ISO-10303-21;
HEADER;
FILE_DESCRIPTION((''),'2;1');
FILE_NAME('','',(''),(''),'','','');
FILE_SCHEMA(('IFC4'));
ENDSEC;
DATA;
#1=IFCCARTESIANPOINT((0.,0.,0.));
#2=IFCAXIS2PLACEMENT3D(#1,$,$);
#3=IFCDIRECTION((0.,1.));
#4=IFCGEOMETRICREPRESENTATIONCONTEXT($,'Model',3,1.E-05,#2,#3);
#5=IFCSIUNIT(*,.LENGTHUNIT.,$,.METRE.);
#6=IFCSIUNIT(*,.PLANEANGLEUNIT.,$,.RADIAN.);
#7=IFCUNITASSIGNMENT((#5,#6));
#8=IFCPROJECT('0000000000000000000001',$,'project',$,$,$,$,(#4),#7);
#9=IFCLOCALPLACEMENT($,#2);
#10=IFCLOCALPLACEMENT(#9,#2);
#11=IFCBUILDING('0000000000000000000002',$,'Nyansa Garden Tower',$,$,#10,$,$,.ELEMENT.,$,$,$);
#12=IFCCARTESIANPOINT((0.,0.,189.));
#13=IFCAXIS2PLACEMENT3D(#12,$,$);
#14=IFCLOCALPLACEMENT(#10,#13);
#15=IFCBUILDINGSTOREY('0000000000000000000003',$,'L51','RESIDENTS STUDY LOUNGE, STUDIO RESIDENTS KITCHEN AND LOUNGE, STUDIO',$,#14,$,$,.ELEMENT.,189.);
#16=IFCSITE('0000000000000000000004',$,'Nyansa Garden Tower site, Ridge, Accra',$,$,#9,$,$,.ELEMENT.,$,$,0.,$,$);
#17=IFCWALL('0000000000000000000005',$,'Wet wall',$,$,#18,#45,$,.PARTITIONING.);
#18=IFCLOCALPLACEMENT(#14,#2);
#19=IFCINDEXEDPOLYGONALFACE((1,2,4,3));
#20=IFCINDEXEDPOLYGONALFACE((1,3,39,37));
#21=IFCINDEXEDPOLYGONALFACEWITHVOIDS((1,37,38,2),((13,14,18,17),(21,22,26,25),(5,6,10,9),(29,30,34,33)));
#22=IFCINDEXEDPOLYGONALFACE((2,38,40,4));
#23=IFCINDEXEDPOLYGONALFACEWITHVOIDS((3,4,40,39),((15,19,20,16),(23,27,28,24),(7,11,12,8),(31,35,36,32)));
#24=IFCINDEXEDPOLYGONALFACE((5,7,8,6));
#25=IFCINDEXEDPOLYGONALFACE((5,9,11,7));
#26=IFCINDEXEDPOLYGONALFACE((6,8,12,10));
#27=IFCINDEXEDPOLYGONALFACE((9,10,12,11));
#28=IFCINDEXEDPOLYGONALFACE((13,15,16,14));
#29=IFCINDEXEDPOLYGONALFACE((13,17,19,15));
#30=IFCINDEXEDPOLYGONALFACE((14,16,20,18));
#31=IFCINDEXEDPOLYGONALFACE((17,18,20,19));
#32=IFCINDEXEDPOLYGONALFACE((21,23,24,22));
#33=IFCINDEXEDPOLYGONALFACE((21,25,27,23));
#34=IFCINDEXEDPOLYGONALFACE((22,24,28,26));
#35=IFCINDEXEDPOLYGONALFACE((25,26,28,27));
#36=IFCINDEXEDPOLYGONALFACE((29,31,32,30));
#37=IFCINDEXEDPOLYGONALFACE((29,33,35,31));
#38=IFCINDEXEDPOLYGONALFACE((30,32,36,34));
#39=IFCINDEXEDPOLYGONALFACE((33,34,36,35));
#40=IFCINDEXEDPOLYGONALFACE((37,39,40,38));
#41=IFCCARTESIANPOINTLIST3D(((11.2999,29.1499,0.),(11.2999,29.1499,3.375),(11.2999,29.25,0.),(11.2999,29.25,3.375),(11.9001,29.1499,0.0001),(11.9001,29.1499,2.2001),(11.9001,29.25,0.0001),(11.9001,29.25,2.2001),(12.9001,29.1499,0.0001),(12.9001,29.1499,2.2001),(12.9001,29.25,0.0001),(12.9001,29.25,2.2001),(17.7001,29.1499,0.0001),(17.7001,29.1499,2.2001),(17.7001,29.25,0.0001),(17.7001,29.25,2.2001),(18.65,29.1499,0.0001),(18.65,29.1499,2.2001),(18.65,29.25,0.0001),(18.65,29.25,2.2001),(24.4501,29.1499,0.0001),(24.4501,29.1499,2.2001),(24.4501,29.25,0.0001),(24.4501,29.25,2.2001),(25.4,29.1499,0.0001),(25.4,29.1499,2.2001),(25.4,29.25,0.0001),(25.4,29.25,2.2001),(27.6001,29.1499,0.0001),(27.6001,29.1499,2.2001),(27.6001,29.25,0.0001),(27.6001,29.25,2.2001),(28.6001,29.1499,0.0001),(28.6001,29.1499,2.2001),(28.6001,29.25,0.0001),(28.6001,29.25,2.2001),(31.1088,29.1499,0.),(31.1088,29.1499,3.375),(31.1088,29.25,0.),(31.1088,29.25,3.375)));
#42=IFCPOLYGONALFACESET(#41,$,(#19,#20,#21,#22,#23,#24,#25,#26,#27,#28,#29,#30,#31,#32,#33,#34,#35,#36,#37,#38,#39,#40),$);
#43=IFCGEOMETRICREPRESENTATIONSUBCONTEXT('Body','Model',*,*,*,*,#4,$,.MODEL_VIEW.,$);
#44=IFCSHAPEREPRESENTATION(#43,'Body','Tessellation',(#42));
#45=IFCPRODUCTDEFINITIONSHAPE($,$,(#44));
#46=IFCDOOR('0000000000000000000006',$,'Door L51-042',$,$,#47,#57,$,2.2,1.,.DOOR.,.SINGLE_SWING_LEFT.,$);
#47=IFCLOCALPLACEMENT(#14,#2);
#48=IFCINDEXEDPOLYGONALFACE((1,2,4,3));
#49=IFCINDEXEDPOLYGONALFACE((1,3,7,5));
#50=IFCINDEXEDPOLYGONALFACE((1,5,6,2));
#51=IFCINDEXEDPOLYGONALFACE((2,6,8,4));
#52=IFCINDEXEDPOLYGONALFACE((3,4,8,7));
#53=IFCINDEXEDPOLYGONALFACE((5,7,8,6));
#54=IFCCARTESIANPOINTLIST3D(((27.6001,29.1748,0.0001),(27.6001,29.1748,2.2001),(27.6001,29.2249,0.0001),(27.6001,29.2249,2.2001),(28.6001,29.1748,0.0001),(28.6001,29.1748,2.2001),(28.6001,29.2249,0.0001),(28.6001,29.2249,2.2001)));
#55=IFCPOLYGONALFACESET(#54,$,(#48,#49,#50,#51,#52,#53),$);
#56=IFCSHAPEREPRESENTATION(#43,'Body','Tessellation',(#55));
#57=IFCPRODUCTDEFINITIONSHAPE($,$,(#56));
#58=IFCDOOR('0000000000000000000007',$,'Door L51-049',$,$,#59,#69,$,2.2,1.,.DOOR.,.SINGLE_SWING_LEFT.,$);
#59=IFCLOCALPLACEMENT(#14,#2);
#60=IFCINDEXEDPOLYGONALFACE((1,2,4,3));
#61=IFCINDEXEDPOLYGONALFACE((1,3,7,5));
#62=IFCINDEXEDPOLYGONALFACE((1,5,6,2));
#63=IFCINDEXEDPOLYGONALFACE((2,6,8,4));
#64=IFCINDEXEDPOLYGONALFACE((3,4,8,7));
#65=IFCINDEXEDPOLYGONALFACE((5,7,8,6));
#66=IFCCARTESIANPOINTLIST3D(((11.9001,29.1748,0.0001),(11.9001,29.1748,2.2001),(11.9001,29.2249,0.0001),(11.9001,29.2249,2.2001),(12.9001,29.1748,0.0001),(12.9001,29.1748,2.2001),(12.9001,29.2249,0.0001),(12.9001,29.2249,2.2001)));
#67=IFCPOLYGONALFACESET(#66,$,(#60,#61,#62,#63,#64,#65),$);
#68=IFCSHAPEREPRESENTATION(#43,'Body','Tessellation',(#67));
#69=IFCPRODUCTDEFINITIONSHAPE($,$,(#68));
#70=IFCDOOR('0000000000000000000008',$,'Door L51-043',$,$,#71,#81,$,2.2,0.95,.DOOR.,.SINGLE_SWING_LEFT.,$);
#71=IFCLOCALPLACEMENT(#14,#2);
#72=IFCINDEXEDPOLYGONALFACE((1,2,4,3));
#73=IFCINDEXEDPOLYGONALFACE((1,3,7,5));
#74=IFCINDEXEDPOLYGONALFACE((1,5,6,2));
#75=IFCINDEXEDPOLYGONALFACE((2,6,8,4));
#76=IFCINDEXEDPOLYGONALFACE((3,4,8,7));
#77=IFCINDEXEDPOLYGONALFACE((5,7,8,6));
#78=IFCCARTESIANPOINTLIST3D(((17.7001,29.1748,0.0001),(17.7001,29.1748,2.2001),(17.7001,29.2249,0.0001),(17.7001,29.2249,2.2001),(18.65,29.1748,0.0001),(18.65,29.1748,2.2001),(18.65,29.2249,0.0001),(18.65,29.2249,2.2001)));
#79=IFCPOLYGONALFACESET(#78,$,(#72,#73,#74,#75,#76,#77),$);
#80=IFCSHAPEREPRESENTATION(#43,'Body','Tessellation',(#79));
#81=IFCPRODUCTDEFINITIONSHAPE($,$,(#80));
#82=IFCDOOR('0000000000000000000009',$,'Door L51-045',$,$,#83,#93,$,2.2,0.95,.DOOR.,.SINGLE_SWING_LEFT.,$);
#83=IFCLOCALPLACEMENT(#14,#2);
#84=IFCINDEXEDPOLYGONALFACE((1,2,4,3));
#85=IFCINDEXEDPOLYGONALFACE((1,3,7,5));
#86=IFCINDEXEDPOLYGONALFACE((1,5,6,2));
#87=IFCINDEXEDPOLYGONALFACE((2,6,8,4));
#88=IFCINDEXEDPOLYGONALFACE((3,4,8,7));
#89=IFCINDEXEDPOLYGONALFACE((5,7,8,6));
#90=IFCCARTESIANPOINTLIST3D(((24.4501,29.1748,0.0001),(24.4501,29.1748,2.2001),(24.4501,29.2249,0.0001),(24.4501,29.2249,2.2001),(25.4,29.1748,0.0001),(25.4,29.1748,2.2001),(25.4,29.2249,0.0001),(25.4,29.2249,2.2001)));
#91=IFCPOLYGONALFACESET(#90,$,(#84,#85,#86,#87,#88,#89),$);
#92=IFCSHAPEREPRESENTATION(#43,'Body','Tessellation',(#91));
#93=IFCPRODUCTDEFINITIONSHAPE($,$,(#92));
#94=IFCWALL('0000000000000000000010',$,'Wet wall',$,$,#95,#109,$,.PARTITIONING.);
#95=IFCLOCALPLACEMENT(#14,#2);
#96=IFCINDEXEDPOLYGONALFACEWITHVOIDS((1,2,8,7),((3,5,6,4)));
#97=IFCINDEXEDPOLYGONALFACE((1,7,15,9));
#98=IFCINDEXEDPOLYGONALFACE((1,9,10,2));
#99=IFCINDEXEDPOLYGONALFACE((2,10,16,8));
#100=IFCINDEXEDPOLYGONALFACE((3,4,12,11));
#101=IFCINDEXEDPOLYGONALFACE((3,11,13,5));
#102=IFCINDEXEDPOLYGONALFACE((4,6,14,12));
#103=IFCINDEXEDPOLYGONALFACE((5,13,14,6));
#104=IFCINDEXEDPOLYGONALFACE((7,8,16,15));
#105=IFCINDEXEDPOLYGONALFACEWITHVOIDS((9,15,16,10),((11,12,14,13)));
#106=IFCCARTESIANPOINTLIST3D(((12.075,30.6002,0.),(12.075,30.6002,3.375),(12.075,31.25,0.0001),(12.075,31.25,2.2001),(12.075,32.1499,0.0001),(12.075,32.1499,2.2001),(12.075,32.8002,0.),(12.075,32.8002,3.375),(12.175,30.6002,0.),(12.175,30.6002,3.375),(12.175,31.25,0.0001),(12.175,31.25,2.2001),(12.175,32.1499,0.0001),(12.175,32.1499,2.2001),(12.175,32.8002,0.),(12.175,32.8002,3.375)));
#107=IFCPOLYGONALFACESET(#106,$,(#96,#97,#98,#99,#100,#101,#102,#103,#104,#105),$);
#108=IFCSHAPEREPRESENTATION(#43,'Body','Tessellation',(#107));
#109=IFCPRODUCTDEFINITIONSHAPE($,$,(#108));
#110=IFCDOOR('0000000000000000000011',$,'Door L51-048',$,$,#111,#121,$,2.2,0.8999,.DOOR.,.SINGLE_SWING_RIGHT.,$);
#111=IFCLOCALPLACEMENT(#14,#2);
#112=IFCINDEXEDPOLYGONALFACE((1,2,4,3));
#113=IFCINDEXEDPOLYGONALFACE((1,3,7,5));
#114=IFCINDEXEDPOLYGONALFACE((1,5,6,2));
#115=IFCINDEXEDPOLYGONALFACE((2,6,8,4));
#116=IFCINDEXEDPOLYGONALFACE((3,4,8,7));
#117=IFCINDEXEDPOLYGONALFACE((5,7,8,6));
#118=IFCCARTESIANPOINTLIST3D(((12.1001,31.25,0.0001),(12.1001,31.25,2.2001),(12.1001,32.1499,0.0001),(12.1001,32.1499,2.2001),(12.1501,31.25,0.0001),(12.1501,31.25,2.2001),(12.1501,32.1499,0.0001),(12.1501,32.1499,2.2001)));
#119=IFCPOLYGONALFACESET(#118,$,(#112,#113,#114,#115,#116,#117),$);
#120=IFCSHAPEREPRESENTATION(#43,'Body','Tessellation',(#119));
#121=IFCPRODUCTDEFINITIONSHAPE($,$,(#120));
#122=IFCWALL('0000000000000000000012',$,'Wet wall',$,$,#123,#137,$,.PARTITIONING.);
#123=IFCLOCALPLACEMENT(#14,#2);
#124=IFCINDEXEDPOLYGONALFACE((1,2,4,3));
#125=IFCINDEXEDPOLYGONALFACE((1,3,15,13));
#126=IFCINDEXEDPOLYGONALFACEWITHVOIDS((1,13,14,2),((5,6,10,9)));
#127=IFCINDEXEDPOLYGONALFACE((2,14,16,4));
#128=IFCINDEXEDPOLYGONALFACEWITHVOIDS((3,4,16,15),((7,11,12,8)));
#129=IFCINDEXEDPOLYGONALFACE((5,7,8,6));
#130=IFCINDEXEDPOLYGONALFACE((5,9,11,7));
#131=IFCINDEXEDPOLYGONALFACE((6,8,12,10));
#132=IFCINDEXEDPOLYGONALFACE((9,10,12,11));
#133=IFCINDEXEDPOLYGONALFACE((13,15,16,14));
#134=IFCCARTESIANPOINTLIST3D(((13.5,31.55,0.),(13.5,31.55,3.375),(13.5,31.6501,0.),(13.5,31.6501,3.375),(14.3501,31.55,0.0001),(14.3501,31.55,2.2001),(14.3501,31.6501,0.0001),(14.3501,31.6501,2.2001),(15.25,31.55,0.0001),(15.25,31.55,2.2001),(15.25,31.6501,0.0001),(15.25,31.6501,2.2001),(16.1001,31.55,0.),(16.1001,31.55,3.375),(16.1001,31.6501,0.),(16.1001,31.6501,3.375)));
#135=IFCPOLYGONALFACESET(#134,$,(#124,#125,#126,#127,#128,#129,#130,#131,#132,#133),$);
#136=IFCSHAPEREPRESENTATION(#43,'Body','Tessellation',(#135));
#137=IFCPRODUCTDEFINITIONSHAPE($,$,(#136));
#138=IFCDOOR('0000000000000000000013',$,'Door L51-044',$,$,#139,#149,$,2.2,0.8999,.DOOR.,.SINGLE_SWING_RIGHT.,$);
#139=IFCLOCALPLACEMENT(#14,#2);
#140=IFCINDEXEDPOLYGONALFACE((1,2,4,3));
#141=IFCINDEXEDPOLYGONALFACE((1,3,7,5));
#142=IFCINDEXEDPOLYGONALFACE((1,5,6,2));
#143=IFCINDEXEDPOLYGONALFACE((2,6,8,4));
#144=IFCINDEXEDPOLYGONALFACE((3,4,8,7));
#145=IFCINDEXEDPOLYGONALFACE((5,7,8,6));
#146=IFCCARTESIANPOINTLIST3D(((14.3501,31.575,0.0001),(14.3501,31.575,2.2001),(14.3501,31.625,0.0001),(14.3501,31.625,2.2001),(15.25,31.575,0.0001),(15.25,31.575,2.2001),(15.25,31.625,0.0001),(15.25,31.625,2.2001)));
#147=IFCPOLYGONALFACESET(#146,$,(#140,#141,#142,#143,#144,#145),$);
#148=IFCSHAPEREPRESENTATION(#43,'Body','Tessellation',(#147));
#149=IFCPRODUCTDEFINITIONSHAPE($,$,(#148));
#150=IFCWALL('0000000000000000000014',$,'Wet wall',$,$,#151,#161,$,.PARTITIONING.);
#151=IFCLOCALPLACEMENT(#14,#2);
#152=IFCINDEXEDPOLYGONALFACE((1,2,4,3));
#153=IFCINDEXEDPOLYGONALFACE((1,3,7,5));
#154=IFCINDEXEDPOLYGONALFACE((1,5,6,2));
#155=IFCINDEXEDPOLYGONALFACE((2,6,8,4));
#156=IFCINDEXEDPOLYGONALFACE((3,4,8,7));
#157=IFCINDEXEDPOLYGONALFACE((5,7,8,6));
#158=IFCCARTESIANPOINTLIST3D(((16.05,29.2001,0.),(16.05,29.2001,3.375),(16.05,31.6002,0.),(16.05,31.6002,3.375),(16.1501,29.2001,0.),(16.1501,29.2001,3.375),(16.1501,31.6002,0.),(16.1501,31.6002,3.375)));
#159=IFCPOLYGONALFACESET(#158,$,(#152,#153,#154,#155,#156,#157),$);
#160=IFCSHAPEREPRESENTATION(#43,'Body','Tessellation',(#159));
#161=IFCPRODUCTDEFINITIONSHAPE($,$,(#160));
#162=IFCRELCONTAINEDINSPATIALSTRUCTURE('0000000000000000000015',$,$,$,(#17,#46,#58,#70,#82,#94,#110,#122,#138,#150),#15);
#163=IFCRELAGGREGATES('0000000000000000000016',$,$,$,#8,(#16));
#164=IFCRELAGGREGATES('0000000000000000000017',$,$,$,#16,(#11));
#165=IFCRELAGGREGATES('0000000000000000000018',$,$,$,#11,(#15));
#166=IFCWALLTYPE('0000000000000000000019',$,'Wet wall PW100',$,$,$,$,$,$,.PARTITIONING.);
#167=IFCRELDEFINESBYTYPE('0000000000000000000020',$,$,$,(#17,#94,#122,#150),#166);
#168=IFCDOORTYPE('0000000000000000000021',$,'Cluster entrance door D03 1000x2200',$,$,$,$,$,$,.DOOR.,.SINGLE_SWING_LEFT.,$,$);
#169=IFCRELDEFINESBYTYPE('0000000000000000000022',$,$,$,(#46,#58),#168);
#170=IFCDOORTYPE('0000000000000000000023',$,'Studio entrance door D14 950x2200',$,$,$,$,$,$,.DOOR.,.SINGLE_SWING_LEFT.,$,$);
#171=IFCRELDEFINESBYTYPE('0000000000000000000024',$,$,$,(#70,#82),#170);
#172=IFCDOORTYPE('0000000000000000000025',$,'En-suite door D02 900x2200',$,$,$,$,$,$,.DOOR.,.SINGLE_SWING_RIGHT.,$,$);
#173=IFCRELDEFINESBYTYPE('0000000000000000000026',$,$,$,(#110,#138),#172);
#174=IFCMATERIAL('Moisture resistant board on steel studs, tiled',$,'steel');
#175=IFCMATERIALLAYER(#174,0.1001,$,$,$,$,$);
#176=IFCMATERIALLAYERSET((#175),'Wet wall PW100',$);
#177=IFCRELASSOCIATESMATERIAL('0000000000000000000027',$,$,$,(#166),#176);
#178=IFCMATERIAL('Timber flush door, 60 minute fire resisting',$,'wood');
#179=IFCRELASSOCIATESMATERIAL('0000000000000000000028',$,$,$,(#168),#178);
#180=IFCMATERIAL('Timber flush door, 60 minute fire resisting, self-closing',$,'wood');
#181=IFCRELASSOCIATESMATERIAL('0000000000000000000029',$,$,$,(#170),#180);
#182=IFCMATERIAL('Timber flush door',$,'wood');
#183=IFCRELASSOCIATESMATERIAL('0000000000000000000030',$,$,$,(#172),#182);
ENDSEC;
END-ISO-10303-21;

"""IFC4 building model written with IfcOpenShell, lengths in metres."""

from ifc_helpers import new_model, si_unit, direction, frame, frame_2d, origin, place, context, subcontext, project, spatial, rectangle, extrude, material, layer, layer_set, type_object, element, fill, save


model = new_model("IFC4")

# Units and contexts
model_context = context("Model", 3, precision=1e-05, world=origin(), true_north=direction((0.0, 1.0)))
body_context = subcontext(model_context, "Body", "Model", "MODEL_VIEW")
ifc_project = project(units=[si_unit("LENGTHUNIT", "METRE"), si_unit("PLANEANGLEUNIT", "RADIAN")], contexts=[model_context])

# Site, building, storey
site_placement = place(None, origin())
site = spatial("IfcSite", under=ifc_project, at=site_placement, Name="Nyansa Garden Tower site, Ridge, Accra", CompositionType="ELEMENT", RefElevation=0.0)
building_placement = place(site_placement, origin())
building = spatial("IfcBuilding", under=site, at=building_placement, Name="Nyansa Garden Tower", CompositionType="ELEMENT")
storey_placement = place(building_placement, frame((0.0, 0.0, 189.0)))
storey = spatial("IfcBuildingStorey", under=building, at=storey_placement, Name="L51", Description="RESIDENTS STUDY LOUNGE, STUDIO RESIDENTS KITCHEN AND LOUNGE, STUDIO", CompositionType="ELEMENT", Elevation=189.0)

# Wall, openings, doors
ifc_material_1 = material(Name="Moisture resistant board on steel studs, tiled", Category="steel")
ifc_layer_1 = layer(ifc_material_1, 0.1001)
ifc_layer_set_1 = layer_set([ifc_layer_1], Name="Wet wall PW100")
wall_type_1 = type_object("IfcWallType", Name="Wet wall PW100", PredefinedType="PARTITIONING", material=ifc_layer_set_1)
wall_1_placement = place(storey_placement, frame((11.3, 29.2, 0.0), z_axis=(0.0, 0.0, 1.0), x_axis=(1.0, 0.0, 0.0)))
wall_1 = element("IfcWall", 1, at=wall_1_placement, inside=storey, type_object=wall_type_1, Name="Wet wall", PredefinedType="PARTITIONING", context=body_context, shape_type="SweptSolid", body=[
    extrude(rectangle(XDim=19.8088, YDim=0.1001, at=frame_2d((9.9043, 0.0))), origin(), (0.0, 0.0, 1.0), 3.375),
])
opening_1_placement = place(wall_1_placement, frame((16.3, 0.0, 0.0)))
opening_1 = element("IfcOpeningElement", 2, at=opening_1_placement, cuts=wall_1, PredefinedType="OPENING", context=body_context, shape_type="SweptSolid", body=[
    extrude(rectangle(XDim=1.0, YDim=2.2, at=frame_2d((0.5, 1.1001))), frame((0.0, 0.0601, 0.0), z_axis=(0.0, -1.0, 0.0), x_axis=(1.0, 0.0, 0.0)), (0.0, 0.0, 1.0), 0.1201),
])
opening_2_placement = place(wall_1_placement, frame((6.3999, 0.0, 0.0)))
opening_2 = element("IfcOpeningElement", 3, at=opening_2_placement, cuts=wall_1, PredefinedType="OPENING", context=body_context, shape_type="SweptSolid", body=[
    extrude(rectangle(XDim=0.95, YDim=2.2, at=frame_2d((0.4751, 1.1001))), frame((0.0, 0.0601, 0.0), z_axis=(0.0, -1.0, 0.0), x_axis=(1.0, 0.0, 0.0)), (0.0, 0.0, 1.0), 0.1201),
])
opening_3_placement = place(wall_1_placement, frame((13.1499, 0.0, 0.0)))
opening_3 = element("IfcOpeningElement", 4, at=opening_3_placement, cuts=wall_1, PredefinedType="OPENING", context=body_context, shape_type="SweptSolid", body=[
    extrude(rectangle(XDim=0.95, YDim=2.2, at=frame_2d((0.4751, 1.1001))), frame((0.0, 0.0601, 0.0), z_axis=(0.0, -1.0, 0.0), x_axis=(1.0, 0.0, 0.0)), (0.0, 0.0, 1.0), 0.1201),
])
opening_4_placement = place(wall_1_placement, frame((0.6001, 0.0, 0.0)))
opening_4 = element("IfcOpeningElement", 5, at=opening_4_placement, cuts=wall_1, PredefinedType="OPENING", context=body_context, shape_type="SweptSolid", body=[
    extrude(rectangle(XDim=1.0, YDim=2.2, at=frame_2d((0.5, 1.1001))), frame((0.0, 0.0601, 0.0), z_axis=(0.0, -1.0, 0.0), x_axis=(1.0, 0.0, 0.0)), (0.0, 0.0, 1.0), 0.1201),
])
ifc_material_2 = material(Name="Timber flush door, 60 minute fire resisting", Category="wood")
door_type_1 = type_object("IfcDoorType", Name="Cluster entrance door D03 1000x2200", OperationType="SINGLE_SWING_LEFT", PredefinedType="DOOR", material=ifc_material_2)
door_1_placement = place(opening_1_placement, origin())
door_1 = element("IfcDoor", 6, at=door_1_placement, inside=storey, type_object=door_type_1, Name="Door L51-042", OperationType="SINGLE_SWING_LEFT", OverallHeight=2.2, OverallWidth=1.0, PredefinedType="DOOR", context=body_context, shape_type="SweptSolid", body=[
    extrude(rectangle(XDim=1.0, YDim=2.2, at=frame_2d((0.5, 1.1001))), frame((0.0, 0.0249, 0.0), z_axis=(0.0, -1.0, 0.0), x_axis=(1.0, 0.0, 0.0)), (0.0, 0.0, 1.0), 0.05),
])
fill(opening_1, door_1)
door_2_placement = place(opening_4_placement, origin())
door_2 = element("IfcDoor", 7, at=door_2_placement, inside=storey, type_object=door_type_1, Name="Door L51-049", OperationType="SINGLE_SWING_LEFT", OverallHeight=2.2, OverallWidth=1.0, PredefinedType="DOOR", context=body_context, shape_type="SweptSolid", body=[
    extrude(rectangle(XDim=1.0, YDim=2.2, at=frame_2d((0.5, 1.1001))), frame((0.0, 0.0249, 0.0), z_axis=(0.0, -1.0, 0.0), x_axis=(1.0, 0.0, 0.0)), (0.0, 0.0, 1.0), 0.05),
])
fill(opening_4, door_2)
ifc_material_3 = material(Name="Timber flush door, 60 minute fire resisting, self-closing", Category="wood")
door_type_2 = type_object("IfcDoorType", Name="Studio entrance door D14 950x2200", OperationType="SINGLE_SWING_LEFT", PredefinedType="DOOR", material=ifc_material_3)
door_3_placement = place(opening_2_placement, origin())
door_3 = element("IfcDoor", 8, at=door_3_placement, inside=storey, type_object=door_type_2, Name="Door L51-043", OperationType="SINGLE_SWING_LEFT", OverallHeight=2.2, OverallWidth=0.95, PredefinedType="DOOR", context=body_context, shape_type="SweptSolid", body=[
    extrude(rectangle(XDim=0.95, YDim=2.2, at=frame_2d((0.4751, 1.1001))), frame((0.0, 0.0249, 0.0), z_axis=(0.0, -1.0, 0.0), x_axis=(1.0, 0.0, 0.0)), (0.0, 0.0, 1.0), 0.05),
])
fill(opening_2, door_3)
door_4_placement = place(opening_3_placement, origin())
door_4 = element("IfcDoor", 9, at=door_4_placement, inside=storey, type_object=door_type_2, Name="Door L51-045", OperationType="SINGLE_SWING_LEFT", OverallHeight=2.2, OverallWidth=0.95, PredefinedType="DOOR", context=body_context, shape_type="SweptSolid", body=[
    extrude(rectangle(XDim=0.95, YDim=2.2, at=frame_2d((0.4751, 1.1001))), frame((0.0, 0.0249, 0.0), z_axis=(0.0, -1.0, 0.0), x_axis=(1.0, 0.0, 0.0)), (0.0, 0.0, 1.0), 0.05),
])
fill(opening_3, door_4)

# Walls, openings, doors
wall_2_placement = place(storey_placement, frame((12.125, 30.6001, 0.0), z_axis=(0.0, 0.0, 1.0), x_axis=(0.0, 1.0, 0.0)))
wall_2 = element("IfcWall", 10, at=wall_2_placement, inside=storey, type_object=wall_type_1, Name="Wet wall", PredefinedType="PARTITIONING", context=body_context, shape_type="SweptSolid", body=[
    extrude(rectangle(XDim=2.2, YDim=0.1001, at=frame_2d((1.1001, 0.0))), origin(), (0.0, 0.0, 1.0), 3.375),
])
opening_5_placement = place(wall_2_placement, frame((0.6499, 0.0, 0.0)))
opening_5 = element("IfcOpeningElement", 11, at=opening_5_placement, cuts=wall_2, PredefinedType="OPENING", context=body_context, shape_type="SweptSolid", body=[
    extrude(rectangle(XDim=0.8999, YDim=2.2, at=frame_2d((0.45, 1.1001))), frame((0.0, 0.0601, 0.0), z_axis=(0.0, -1.0, 0.0), x_axis=(1.0, 0.0, 0.0)), (0.0, 0.0, 1.0), 0.1201),
])
ifc_material_4 = material(Name="Timber flush door", Category="wood")
door_type_3 = type_object("IfcDoorType", Name="En-suite door D02 900x2200", OperationType="SINGLE_SWING_RIGHT", PredefinedType="DOOR", material=ifc_material_4)
door_5_placement = place(opening_5_placement, origin())
door_5 = element("IfcDoor", 12, at=door_5_placement, inside=storey, type_object=door_type_3, Name="Door L51-048", OperationType="SINGLE_SWING_RIGHT", OverallHeight=2.2, OverallWidth=0.8999, PredefinedType="DOOR", context=body_context, shape_type="SweptSolid", body=[
    extrude(rectangle(XDim=0.8999, YDim=2.2, at=frame_2d((0.45, 1.1001))), frame((0.0, 0.0249, 0.0), z_axis=(0.0, -1.0, 0.0), x_axis=(1.0, 0.0, 0.0)), (0.0, 0.0, 1.0), 0.05),
])
fill(opening_5, door_5)
wall_3_placement = place(storey_placement, frame((13.5, 31.6001, 0.0), z_axis=(0.0, 0.0, 1.0), x_axis=(1.0, 0.0, 0.0)))
wall_3 = element("IfcWall", 13, at=wall_3_placement, inside=storey, type_object=wall_type_1, Name="Wet wall", PredefinedType="PARTITIONING", context=body_context, shape_type="SweptSolid", body=[
    extrude(rectangle(XDim=2.6001, YDim=0.1001, at=frame_2d((1.3, 0.0))), origin(), (0.0, 0.0, 1.0), 3.375),
])
opening_6_placement = place(wall_3_placement, frame((0.8501, 0.0, 0.0)))
opening_6 = element("IfcOpeningElement", 14, at=opening_6_placement, cuts=wall_3, PredefinedType="OPENING", context=body_context, shape_type="SweptSolid", body=[
    extrude(rectangle(XDim=0.8999, YDim=2.2, at=frame_2d((0.45, 1.1001))), frame((0.0, 0.0601, 0.0), z_axis=(0.0, -1.0, 0.0), x_axis=(1.0, 0.0, 0.0)), (0.0, 0.0, 1.0), 0.1201),
])
door_6_placement = place(opening_6_placement, origin())
door_6 = element("IfcDoor", 15, at=door_6_placement, inside=storey, type_object=door_type_3, Name="Door L51-044", OperationType="SINGLE_SWING_RIGHT", OverallHeight=2.2, OverallWidth=0.8999, PredefinedType="DOOR", context=body_context, shape_type="SweptSolid", body=[
    extrude(rectangle(XDim=0.8999, YDim=2.2, at=frame_2d((0.45, 1.1001))), frame((0.0, 0.0249, 0.0), z_axis=(0.0, -1.0, 0.0), x_axis=(1.0, 0.0, 0.0)), (0.0, 0.0, 1.0), 0.05),
])
fill(opening_6, door_6)

# Wall
wall_4_placement = place(storey_placement, frame((16.1001, 29.2, 0.0), z_axis=(0.0, 0.0, 1.0), x_axis=(0.0, 1.0, 0.0)))
element("IfcWall", 16, at=wall_4_placement, inside=storey, type_object=wall_type_1, Name="Wet wall", PredefinedType="PARTITIONING", context=body_context, shape_type="SweptSolid", body=[
    extrude(rectangle(XDim=2.4001, YDim=0.1001, at=frame_2d((1.2002, 0.0))), origin(), (0.0, 0.0, 1.0), 3.375),
])

save(model, "model.ifc")
